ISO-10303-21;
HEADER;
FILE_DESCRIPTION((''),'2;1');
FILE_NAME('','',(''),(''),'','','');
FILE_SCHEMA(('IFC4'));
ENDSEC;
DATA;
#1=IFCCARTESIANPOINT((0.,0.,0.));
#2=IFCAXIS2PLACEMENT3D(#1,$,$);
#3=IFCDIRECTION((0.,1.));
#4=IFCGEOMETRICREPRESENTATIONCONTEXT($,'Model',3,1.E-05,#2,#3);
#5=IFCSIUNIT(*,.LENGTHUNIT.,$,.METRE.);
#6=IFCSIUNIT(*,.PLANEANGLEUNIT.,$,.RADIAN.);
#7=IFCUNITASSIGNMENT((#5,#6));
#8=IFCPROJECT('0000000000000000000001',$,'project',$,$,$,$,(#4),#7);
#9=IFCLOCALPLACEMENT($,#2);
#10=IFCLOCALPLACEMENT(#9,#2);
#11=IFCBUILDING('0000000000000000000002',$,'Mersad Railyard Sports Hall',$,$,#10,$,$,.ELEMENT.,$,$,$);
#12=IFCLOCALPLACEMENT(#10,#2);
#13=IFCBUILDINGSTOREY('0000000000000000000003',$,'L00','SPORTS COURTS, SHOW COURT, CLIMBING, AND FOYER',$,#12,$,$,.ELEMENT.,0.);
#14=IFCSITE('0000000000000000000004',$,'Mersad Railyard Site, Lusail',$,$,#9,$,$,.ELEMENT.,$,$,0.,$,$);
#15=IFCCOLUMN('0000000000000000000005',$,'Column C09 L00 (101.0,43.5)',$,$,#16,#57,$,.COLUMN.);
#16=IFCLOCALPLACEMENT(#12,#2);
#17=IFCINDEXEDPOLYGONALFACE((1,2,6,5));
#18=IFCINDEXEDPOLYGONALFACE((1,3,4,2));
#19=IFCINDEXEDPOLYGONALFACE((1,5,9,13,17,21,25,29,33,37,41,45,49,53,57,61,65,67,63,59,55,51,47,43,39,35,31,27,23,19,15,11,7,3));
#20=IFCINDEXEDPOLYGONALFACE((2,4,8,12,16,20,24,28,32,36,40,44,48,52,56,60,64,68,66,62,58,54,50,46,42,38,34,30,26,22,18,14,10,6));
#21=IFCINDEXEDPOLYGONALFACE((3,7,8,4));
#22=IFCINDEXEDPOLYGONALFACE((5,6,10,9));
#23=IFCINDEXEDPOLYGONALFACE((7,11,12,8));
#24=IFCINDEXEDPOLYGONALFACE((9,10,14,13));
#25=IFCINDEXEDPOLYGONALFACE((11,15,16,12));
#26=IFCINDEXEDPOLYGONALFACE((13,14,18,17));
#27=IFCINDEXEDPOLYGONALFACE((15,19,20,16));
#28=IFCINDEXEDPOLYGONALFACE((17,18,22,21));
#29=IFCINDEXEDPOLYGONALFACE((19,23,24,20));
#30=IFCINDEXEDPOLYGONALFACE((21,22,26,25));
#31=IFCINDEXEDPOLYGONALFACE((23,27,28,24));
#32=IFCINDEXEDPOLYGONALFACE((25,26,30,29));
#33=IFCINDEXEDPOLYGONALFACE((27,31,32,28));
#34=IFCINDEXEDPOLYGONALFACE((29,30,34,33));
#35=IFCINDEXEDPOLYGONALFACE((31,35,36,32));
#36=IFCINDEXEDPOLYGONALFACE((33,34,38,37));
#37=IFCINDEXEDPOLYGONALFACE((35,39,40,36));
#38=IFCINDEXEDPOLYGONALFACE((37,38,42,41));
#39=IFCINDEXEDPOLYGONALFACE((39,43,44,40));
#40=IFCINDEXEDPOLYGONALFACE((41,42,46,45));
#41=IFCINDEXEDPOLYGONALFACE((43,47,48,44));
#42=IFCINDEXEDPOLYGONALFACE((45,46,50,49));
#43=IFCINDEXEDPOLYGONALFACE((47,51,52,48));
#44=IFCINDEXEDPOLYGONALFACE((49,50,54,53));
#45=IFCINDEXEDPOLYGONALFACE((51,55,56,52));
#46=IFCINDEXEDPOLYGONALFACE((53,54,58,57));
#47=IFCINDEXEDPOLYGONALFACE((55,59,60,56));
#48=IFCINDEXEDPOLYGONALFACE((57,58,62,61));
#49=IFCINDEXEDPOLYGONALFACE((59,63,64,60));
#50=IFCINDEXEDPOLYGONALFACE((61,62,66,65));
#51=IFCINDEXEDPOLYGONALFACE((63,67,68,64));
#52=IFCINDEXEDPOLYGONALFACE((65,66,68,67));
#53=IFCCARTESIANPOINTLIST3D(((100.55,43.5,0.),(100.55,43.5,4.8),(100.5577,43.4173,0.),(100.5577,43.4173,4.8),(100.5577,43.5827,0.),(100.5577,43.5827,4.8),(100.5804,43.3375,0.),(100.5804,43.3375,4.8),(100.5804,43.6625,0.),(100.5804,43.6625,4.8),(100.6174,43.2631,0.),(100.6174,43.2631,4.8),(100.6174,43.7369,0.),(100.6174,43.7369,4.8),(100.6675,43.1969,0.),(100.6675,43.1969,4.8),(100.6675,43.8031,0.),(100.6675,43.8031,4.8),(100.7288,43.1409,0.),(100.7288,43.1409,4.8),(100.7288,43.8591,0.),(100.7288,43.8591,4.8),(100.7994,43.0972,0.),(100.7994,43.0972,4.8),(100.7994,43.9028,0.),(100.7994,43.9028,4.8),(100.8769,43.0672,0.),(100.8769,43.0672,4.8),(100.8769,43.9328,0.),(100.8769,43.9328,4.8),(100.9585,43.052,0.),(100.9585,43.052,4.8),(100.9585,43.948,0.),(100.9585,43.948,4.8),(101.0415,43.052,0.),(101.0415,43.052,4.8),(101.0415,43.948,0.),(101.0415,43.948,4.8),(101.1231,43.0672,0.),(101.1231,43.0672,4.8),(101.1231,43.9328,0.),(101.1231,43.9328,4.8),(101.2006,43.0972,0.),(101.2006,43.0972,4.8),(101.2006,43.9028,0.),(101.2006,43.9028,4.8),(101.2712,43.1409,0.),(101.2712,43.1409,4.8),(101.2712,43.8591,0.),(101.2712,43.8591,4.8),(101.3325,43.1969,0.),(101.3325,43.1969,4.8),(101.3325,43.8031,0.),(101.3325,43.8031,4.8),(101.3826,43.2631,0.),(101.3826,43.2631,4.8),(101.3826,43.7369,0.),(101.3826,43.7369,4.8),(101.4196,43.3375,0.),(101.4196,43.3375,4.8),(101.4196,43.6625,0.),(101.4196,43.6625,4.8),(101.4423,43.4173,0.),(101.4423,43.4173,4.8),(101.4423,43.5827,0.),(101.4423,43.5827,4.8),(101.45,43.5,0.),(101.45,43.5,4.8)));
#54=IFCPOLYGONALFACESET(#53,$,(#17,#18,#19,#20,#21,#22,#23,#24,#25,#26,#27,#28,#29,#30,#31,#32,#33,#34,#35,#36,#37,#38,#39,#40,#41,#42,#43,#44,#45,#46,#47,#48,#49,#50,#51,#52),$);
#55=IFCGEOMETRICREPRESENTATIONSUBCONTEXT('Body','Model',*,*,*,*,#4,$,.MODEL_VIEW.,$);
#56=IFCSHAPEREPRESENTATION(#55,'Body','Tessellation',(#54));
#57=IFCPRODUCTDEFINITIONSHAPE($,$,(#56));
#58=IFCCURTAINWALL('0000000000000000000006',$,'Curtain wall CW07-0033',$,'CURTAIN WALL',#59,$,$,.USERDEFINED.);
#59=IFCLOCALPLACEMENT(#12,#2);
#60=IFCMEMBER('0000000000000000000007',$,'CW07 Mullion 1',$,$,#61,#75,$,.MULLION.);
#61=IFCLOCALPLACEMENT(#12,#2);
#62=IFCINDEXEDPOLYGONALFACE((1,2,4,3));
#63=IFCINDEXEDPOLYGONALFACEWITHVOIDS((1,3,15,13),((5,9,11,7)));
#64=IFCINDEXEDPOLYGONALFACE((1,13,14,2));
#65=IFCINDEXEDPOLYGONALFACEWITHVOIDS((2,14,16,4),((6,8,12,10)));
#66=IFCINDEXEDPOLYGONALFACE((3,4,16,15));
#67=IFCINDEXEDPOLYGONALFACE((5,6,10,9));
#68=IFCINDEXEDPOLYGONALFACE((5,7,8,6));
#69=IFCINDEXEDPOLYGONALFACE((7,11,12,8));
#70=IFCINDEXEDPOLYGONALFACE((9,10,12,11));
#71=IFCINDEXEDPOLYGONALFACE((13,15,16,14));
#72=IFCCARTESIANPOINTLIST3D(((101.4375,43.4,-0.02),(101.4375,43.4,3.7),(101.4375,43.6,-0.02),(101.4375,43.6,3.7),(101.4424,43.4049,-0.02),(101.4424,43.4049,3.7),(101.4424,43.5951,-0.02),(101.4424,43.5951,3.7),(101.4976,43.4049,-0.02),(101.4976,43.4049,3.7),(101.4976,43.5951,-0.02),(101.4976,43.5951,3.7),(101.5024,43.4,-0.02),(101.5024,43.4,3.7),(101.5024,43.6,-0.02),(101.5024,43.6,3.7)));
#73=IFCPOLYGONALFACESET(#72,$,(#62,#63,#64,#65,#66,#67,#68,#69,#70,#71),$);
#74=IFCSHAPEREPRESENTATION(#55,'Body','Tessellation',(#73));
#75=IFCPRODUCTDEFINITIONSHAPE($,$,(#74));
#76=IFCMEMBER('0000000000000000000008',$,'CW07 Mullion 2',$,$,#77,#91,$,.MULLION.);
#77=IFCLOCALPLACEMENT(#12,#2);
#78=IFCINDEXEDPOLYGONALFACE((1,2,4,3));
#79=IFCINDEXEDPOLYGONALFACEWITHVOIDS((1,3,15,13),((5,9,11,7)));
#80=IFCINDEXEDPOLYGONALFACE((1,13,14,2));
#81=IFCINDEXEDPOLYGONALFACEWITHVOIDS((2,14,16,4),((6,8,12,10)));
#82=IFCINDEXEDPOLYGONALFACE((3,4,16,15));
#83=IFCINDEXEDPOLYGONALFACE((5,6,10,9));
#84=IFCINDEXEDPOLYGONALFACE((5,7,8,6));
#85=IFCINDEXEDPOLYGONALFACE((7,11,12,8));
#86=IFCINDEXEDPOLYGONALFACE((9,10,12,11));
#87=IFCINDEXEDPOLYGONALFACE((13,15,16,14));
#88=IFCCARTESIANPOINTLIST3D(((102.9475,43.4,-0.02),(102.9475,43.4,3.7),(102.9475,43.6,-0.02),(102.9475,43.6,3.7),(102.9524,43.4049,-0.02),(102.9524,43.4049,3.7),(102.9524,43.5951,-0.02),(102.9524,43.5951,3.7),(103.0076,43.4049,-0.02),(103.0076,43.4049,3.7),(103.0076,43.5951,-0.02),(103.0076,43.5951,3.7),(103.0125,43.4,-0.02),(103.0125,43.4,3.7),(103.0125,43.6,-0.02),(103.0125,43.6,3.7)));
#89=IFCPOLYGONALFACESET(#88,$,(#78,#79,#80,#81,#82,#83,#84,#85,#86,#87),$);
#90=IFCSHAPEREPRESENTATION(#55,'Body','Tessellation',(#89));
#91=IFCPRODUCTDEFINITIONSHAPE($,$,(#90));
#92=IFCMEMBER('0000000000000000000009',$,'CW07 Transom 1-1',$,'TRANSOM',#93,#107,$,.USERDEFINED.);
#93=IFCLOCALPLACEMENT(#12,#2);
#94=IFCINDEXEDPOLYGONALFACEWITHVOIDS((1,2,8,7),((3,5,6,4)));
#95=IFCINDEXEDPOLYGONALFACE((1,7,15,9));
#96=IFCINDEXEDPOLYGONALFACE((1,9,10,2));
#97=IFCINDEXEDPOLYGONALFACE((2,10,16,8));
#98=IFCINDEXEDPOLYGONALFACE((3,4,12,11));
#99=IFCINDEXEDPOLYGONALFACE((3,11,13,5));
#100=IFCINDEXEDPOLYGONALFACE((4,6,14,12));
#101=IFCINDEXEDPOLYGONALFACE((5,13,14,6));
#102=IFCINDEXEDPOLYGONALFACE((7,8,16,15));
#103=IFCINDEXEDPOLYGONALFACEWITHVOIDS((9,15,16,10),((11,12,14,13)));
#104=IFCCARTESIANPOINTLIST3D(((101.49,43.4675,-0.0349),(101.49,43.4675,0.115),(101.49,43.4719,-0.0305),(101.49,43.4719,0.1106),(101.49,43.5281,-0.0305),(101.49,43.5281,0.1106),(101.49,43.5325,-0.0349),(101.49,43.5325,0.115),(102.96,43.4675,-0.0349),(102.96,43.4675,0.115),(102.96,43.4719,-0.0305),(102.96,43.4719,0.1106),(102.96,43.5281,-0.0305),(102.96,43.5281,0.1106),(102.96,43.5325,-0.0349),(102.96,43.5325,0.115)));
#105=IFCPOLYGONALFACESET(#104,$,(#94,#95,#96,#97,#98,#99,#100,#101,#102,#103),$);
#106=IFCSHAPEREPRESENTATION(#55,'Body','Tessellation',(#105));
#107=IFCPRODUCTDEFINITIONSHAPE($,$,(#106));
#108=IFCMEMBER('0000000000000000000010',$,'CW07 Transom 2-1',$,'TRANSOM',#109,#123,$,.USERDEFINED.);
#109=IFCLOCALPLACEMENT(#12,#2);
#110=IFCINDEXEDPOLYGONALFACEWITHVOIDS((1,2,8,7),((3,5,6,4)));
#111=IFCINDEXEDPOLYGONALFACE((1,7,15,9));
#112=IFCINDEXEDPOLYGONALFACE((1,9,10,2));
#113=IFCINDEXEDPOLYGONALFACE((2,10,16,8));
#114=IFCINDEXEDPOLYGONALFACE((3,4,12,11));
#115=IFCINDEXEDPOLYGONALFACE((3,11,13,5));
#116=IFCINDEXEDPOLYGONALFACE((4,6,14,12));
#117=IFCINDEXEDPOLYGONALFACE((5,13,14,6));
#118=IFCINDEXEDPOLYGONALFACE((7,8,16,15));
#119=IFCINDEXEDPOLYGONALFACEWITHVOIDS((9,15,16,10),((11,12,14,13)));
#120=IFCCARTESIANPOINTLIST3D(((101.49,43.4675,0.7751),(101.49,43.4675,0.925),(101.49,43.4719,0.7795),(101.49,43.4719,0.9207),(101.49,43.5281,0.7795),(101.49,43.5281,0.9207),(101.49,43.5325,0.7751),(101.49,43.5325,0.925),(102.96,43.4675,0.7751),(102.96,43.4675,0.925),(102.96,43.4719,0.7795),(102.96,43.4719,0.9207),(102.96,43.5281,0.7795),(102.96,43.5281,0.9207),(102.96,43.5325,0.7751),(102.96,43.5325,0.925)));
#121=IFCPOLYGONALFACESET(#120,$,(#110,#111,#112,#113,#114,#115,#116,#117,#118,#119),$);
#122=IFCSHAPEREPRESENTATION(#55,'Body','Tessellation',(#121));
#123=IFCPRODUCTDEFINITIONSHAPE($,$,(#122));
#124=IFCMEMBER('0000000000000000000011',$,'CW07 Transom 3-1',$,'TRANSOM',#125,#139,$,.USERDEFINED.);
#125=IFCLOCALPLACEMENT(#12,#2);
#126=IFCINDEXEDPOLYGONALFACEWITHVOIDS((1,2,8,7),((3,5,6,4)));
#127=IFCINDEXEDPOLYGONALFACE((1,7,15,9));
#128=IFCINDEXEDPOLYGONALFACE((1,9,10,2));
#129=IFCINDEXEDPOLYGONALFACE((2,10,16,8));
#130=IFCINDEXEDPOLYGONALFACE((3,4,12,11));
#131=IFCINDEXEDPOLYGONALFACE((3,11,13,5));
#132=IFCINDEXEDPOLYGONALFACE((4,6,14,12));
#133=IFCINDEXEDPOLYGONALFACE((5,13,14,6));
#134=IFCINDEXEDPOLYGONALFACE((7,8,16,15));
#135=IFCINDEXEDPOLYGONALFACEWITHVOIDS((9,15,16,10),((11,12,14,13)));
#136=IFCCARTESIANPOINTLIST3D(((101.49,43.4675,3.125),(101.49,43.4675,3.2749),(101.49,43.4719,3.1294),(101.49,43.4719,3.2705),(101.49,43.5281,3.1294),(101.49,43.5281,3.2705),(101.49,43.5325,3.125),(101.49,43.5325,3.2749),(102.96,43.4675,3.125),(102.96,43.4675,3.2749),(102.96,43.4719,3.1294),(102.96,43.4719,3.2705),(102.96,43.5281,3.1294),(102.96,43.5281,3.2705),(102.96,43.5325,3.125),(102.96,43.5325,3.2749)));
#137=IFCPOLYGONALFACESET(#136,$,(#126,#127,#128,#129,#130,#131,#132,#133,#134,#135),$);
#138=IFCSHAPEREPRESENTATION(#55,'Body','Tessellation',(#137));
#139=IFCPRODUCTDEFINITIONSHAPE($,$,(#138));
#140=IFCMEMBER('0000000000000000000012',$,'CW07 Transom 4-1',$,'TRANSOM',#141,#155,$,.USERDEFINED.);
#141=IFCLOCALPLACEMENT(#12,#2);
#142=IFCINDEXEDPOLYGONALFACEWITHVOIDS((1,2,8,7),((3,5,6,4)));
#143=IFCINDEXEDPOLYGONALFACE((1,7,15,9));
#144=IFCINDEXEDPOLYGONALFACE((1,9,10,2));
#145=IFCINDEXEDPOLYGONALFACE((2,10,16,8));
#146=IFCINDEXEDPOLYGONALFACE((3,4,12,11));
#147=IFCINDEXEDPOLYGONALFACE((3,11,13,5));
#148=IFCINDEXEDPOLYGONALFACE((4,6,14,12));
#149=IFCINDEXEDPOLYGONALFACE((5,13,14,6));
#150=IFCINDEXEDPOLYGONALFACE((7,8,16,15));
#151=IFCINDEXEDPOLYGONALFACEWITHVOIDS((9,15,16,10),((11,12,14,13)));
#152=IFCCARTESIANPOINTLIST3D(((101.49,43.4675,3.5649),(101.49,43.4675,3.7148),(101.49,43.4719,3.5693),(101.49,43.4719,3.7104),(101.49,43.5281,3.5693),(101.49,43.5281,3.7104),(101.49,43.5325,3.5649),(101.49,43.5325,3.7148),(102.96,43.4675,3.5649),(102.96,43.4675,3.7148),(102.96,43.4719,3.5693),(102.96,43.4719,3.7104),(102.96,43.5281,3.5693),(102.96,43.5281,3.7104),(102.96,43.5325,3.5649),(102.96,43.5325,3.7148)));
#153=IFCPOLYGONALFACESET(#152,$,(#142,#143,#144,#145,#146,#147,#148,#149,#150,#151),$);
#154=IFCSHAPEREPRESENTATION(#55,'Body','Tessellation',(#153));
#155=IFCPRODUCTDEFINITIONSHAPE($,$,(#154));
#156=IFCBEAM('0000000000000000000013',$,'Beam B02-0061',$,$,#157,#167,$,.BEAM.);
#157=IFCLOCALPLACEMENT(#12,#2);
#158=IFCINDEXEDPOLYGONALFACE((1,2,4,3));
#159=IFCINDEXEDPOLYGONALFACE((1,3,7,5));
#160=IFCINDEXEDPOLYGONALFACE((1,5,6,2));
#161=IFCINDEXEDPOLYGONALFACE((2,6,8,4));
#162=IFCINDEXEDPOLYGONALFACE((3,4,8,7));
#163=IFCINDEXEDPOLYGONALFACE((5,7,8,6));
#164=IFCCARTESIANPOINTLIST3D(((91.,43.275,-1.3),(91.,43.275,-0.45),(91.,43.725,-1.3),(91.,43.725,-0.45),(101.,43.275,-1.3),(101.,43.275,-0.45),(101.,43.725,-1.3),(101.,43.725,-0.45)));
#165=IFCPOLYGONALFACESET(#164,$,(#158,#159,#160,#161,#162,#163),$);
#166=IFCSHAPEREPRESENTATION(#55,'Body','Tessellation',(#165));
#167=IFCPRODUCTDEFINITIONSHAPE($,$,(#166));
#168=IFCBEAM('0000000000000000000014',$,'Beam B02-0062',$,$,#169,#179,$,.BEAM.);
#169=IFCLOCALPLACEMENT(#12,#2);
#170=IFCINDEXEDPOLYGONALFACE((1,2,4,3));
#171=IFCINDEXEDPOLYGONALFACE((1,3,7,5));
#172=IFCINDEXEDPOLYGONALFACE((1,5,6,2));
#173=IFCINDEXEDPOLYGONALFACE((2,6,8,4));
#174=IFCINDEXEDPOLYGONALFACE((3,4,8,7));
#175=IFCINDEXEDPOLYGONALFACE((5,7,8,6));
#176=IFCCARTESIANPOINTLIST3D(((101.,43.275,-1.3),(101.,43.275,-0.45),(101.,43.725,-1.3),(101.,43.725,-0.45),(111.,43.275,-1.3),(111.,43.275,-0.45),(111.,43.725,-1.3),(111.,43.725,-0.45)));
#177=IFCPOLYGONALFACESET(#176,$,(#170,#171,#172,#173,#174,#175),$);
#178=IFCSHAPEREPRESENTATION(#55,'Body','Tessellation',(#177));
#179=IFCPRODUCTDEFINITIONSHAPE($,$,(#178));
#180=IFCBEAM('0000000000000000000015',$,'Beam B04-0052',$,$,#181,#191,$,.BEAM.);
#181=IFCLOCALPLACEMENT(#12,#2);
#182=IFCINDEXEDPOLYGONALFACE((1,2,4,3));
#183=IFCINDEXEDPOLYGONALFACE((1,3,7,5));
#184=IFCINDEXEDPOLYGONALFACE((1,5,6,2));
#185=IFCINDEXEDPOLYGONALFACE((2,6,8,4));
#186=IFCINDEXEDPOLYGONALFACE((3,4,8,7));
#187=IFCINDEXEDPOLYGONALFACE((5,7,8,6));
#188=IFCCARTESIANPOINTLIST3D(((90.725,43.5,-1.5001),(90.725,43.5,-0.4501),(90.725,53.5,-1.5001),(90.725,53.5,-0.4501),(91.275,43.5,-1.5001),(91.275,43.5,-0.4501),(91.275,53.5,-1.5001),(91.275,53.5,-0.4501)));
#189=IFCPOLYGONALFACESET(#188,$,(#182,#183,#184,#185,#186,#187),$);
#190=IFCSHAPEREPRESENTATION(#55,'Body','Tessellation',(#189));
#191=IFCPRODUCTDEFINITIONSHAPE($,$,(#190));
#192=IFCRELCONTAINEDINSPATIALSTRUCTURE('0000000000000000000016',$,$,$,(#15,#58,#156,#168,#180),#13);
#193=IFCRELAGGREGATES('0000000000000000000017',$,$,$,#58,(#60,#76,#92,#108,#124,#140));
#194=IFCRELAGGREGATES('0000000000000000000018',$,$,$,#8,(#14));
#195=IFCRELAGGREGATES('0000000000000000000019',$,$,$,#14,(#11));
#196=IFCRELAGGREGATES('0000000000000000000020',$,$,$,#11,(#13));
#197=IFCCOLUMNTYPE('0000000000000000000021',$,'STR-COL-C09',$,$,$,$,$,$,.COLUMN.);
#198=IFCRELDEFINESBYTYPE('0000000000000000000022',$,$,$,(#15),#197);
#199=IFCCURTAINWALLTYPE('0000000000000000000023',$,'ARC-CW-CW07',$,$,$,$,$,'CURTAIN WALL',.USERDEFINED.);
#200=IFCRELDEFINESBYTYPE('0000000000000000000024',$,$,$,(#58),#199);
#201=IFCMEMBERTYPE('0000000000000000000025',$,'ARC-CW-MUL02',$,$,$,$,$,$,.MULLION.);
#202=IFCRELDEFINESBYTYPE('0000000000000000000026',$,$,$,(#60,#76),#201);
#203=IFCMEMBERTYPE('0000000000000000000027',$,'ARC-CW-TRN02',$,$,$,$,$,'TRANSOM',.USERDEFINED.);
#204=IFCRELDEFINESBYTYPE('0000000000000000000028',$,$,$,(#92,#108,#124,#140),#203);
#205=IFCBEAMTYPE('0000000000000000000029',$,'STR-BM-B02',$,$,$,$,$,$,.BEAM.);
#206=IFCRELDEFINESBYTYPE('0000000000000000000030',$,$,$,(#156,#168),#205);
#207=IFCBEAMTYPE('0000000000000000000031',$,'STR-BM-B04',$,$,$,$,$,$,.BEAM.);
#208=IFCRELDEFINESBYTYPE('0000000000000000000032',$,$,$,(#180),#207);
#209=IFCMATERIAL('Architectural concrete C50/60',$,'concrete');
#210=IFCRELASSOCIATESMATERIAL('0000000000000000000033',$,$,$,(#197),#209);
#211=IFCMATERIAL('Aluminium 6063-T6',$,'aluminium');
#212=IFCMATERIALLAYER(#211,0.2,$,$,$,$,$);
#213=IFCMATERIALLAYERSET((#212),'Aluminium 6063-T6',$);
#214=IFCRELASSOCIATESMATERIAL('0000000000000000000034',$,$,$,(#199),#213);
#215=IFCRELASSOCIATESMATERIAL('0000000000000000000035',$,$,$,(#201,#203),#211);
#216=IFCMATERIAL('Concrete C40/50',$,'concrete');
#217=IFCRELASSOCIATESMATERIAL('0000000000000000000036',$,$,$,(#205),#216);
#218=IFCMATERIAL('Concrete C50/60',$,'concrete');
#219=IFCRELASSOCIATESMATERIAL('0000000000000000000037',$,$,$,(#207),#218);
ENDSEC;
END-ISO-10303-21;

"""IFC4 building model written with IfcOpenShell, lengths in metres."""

from ifc_helpers import new_model, si_unit, direction, frame, origin, origin_2d, place, context, subcontext, project, spatial, rectangle, hollow_rectangle, circle, extrude, material, layer, layer_set, material_profile, profile_set, type_object, element, aggregate, save


model = new_model("IFC4")

# Units and contexts
model_context = context("Model", 3, precision=1e-05, world=origin(), true_north=direction((0.0, 1.0)))
body_context = subcontext(model_context, "Body", "Model", "MODEL_VIEW")
ifc_project = project(units=[si_unit("LENGTHUNIT", "METRE"), si_unit("PLANEANGLEUNIT", "RADIAN")], contexts=[model_context])

# Site, building, storey
site_placement = place(None, origin())
site = spatial("IfcSite", under=ifc_project, at=site_placement, Name="Mersad Railyard Site, Lusail", CompositionType="ELEMENT", RefElevation=0.0)
building_placement = place(site_placement, origin())
building = spatial("IfcBuilding", under=site, at=building_placement, Name="Mersad Railyard Sports Hall", CompositionType="ELEMENT")
storey_placement = place(building_placement, origin())
storey = spatial("IfcBuildingStorey", under=building, at=storey_placement, Name="L00", Description="SPORTS COURTS, SHOW COURT, CLIMBING, AND FOYER", CompositionType="ELEMENT", Elevation=0.0)

# Column
ifc_material_1 = material(Name="Architectural concrete C50/60", Category="concrete")
ifc_material_profile_1 = material_profile(ifc_material_1, circle(Radius=0.45, at=origin_2d()), Name="RC D900")
ifc_profile_set_1 = profile_set([ifc_material_profile_1], Name="Architectural concrete C50/60")
column_type = type_object("IfcColumnType", Name="STR-COL-C09", PredefinedType="COLUMN", material=ifc_profile_set_1)
column_placement = place(storey_placement, frame((101.0, 43.5, 0.0), z_axis=(0.0, 0.0, 1.0), x_axis=(1.0, 0.0, 0.0)))
element("IfcColumn", 1, at=column_placement, inside=storey, type_object=column_type, Name="Column C09 L00 (101.0,43.5)", PredefinedType="COLUMN", context=body_context, shape_type="SweptSolid", body=[
    extrude(circle(Radius=0.45, at=origin_2d()), origin(), (0.0, 0.0, 1.0), 4.8),
])

# Curtain wall, members
ifc_material_2 = material(Name="Aluminium 6063-T6", Category="aluminium")
ifc_layer_1 = layer(ifc_material_2, 0.2)
ifc_layer_set_1 = layer_set([ifc_layer_1], Name="Aluminium 6063-T6")
curtain_wall_type = type_object("IfcCurtainWallType", Name="ARC-CW-CW07", ElementType="CURTAIN WALL", PredefinedType="USERDEFINED", material=ifc_layer_set_1)
curtain_wall_placement = place(storey_placement, origin())
curtain_wall = element("IfcCurtainWall", 2, at=curtain_wall_placement, inside=storey, type_object=curtain_wall_type, Name="Curtain wall CW07-0033", ObjectType="CURTAIN WALL", PredefinedType="USERDEFINED")
ifc_material_profile_2 = material_profile(ifc_material_2, hollow_rectangle(XDim=0.0649, YDim=0.2, WallThickness=0.0049, at=origin_2d()), Name="AL MULLION 65x200x5")
ifc_profile_set_2 = profile_set([ifc_material_profile_2], Name="Aluminium 6063-T6")
member_type_1 = type_object("IfcMemberType", Name="ARC-CW-MUL02", PredefinedType="MULLION", material=ifc_profile_set_2)
member_1_placement = place(storey_placement, frame((101.47, 43.5, -0.02), z_axis=(0.0, 0.0, 1.0), x_axis=(1.0, 0.0, 0.0)))
member_1 = element("IfcMember", 3, at=member_1_placement, type_object=member_type_1, Name="CW07 Mullion 1", PredefinedType="MULLION", context=body_context, shape_type="SweptSolid", body=[
    extrude(hollow_rectangle(XDim=0.0649, YDim=0.2, WallThickness=0.0049, at=origin_2d()), origin(), (0.0, 0.0, 1.0), 3.72),
])
member_2_placement = place(storey_placement, frame((102.98, 43.5, -0.02), z_axis=(0.0, 0.0, 1.0), x_axis=(1.0, 0.0, 0.0)))
member_2 = element("IfcMember", 4, at=member_2_placement, type_object=member_type_1, Name="CW07 Mullion 2", PredefinedType="MULLION", context=body_context, shape_type="SweptSolid", body=[
    extrude(hollow_rectangle(XDim=0.0649, YDim=0.2, WallThickness=0.0049, at=origin_2d()), origin(), (0.0, 0.0, 1.0), 3.72),
])
ifc_material_profile_3 = material_profile(ifc_material_2, hollow_rectangle(XDim=0.0649, YDim=0.1499, WallThickness=0.0044, at=origin_2d()), Name="AL TRANSOM 65x150x4.5")
ifc_profile_set_3 = profile_set([ifc_material_profile_3], Name="Aluminium 6063-T6")
member_type_2 = type_object("IfcMemberType", Name="ARC-CW-TRN02", ElementType="TRANSOM", PredefinedType="USERDEFINED", material=ifc_profile_set_3)
member_3_placement = place(storey_placement, frame((101.49, 43.5, 0.04), z_axis=(1.0, 0.0, 0.0), x_axis=(0.0, 1.0, 0.0)))
member_3 = element("IfcMember", 5, at=member_3_placement, type_object=member_type_2, Name="CW07 Transom 1-1", ObjectType="TRANSOM", PredefinedType="USERDEFINED", context=body_context, shape_type="SweptSolid", body=[
    extrude(hollow_rectangle(XDim=0.0649, YDim=0.1499, WallThickness=0.0044, at=origin_2d()), origin(), (0.0, 0.0, 1.0), 1.47),
])
member_4_placement = place(storey_placement, frame((101.49, 43.5, 0.8501), z_axis=(1.0, 0.0, 0.0), x_axis=(0.0, 1.0, 0.0)))
member_4 = element("IfcMember", 6, at=member_4_placement, type_object=member_type_2, Name="CW07 Transom 2-1", ObjectType="TRANSOM", PredefinedType="USERDEFINED", context=body_context, shape_type="SweptSolid", body=[
    extrude(hollow_rectangle(XDim=0.0649, YDim=0.1499, WallThickness=0.0044, at=origin_2d()), origin(), (0.0, 0.0, 1.0), 1.47),
])
member_5_placement = place(storey_placement, frame((101.49, 43.5, 3.2), z_axis=(1.0, 0.0, 0.0), x_axis=(0.0, 1.0, 0.0)))
member_5 = element("IfcMember", 7, at=member_5_placement, type_object=member_type_2, Name="CW07 Transom 3-1", ObjectType="TRANSOM", PredefinedType="USERDEFINED", context=body_context, shape_type="SweptSolid", body=[
    extrude(hollow_rectangle(XDim=0.0649, YDim=0.1499, WallThickness=0.0044, at=origin_2d()), origin(), (0.0, 0.0, 1.0), 1.47),
])
member_6_placement = place(storey_placement, frame((101.49, 43.5, 3.6399), z_axis=(1.0, 0.0, 0.0), x_axis=(0.0, 1.0, 0.0)))
member_6 = element("IfcMember", 8, at=member_6_placement, type_object=member_type_2, Name="CW07 Transom 4-1", ObjectType="TRANSOM", PredefinedType="USERDEFINED", context=body_context, shape_type="SweptSolid", body=[
    extrude(hollow_rectangle(XDim=0.0649, YDim=0.1499, WallThickness=0.0044, at=origin_2d()), origin(), (0.0, 0.0, 1.0), 1.47),
])

# Beams
ifc_material_3 = material(Name="Concrete C40/50", Category="concrete")
ifc_material_profile_4 = material_profile(ifc_material_3, rectangle(XDim=0.45, YDim=0.8501, at=origin_2d()), Name="RC 450x850")
ifc_profile_set_4 = profile_set([ifc_material_profile_4], Name="Concrete C40/50")
beam_type_1 = type_object("IfcBeamType", Name="STR-BM-B02", PredefinedType="BEAM", material=ifc_profile_set_4)
for number, where, z_axis, x_axis, name in (
    (9, (91.0, 43.5, -0.875), (1.0, 0.0, 0.0), (0.0, 1.0, 0.0), "Beam B02-0061"),
    (10, (101.0, 43.5, -0.875), (1.0, 0.0, 0.0), (0.0, 1.0, 0.0), "Beam B02-0062"),
):
    element("IfcBeam", number, at=place(storey_placement, frame(where, z_axis=z_axis, x_axis=x_axis)), inside=storey, type_object=beam_type_1, Name=name, PredefinedType="BEAM", context=body_context, shape_type="SweptSolid", body=[
        extrude(rectangle(XDim=0.45, YDim=0.8501, at=origin_2d()), origin(), (0.0, 0.0, 1.0), 10.0),
    ])
ifc_material_4 = material(Name="Concrete C50/60", Category="concrete")
ifc_material_profile_5 = material_profile(ifc_material_4, rectangle(XDim=0.55, YDim=1.05, at=origin_2d()), Name="RC 550x1050")
ifc_profile_set_5 = profile_set([ifc_material_profile_5], Name="Concrete C50/60")
beam_type_2 = type_object("IfcBeamType", Name="STR-BM-B04", PredefinedType="BEAM", material=ifc_profile_set_5)
beam_placement = place(storey_placement, frame((91.0, 43.5, -0.9751), z_axis=(0.0, 1.0, 0.0), x_axis=(-1.0, 0.0, 0.0)))
element("IfcBeam", 11, at=beam_placement, inside=storey, type_object=beam_type_2, Name="Beam B04-0052", PredefinedType="BEAM", context=body_context, shape_type="SweptSolid", body=[
    extrude(rectangle(XDim=0.55, YDim=1.05, at=origin_2d()), origin(), (0.0, 0.0, 1.0), 10.0),
])

aggregate(curtain_wall, [member_1, member_2, member_3, member_4, member_5, member_6])

save(model, "model.ifc")
